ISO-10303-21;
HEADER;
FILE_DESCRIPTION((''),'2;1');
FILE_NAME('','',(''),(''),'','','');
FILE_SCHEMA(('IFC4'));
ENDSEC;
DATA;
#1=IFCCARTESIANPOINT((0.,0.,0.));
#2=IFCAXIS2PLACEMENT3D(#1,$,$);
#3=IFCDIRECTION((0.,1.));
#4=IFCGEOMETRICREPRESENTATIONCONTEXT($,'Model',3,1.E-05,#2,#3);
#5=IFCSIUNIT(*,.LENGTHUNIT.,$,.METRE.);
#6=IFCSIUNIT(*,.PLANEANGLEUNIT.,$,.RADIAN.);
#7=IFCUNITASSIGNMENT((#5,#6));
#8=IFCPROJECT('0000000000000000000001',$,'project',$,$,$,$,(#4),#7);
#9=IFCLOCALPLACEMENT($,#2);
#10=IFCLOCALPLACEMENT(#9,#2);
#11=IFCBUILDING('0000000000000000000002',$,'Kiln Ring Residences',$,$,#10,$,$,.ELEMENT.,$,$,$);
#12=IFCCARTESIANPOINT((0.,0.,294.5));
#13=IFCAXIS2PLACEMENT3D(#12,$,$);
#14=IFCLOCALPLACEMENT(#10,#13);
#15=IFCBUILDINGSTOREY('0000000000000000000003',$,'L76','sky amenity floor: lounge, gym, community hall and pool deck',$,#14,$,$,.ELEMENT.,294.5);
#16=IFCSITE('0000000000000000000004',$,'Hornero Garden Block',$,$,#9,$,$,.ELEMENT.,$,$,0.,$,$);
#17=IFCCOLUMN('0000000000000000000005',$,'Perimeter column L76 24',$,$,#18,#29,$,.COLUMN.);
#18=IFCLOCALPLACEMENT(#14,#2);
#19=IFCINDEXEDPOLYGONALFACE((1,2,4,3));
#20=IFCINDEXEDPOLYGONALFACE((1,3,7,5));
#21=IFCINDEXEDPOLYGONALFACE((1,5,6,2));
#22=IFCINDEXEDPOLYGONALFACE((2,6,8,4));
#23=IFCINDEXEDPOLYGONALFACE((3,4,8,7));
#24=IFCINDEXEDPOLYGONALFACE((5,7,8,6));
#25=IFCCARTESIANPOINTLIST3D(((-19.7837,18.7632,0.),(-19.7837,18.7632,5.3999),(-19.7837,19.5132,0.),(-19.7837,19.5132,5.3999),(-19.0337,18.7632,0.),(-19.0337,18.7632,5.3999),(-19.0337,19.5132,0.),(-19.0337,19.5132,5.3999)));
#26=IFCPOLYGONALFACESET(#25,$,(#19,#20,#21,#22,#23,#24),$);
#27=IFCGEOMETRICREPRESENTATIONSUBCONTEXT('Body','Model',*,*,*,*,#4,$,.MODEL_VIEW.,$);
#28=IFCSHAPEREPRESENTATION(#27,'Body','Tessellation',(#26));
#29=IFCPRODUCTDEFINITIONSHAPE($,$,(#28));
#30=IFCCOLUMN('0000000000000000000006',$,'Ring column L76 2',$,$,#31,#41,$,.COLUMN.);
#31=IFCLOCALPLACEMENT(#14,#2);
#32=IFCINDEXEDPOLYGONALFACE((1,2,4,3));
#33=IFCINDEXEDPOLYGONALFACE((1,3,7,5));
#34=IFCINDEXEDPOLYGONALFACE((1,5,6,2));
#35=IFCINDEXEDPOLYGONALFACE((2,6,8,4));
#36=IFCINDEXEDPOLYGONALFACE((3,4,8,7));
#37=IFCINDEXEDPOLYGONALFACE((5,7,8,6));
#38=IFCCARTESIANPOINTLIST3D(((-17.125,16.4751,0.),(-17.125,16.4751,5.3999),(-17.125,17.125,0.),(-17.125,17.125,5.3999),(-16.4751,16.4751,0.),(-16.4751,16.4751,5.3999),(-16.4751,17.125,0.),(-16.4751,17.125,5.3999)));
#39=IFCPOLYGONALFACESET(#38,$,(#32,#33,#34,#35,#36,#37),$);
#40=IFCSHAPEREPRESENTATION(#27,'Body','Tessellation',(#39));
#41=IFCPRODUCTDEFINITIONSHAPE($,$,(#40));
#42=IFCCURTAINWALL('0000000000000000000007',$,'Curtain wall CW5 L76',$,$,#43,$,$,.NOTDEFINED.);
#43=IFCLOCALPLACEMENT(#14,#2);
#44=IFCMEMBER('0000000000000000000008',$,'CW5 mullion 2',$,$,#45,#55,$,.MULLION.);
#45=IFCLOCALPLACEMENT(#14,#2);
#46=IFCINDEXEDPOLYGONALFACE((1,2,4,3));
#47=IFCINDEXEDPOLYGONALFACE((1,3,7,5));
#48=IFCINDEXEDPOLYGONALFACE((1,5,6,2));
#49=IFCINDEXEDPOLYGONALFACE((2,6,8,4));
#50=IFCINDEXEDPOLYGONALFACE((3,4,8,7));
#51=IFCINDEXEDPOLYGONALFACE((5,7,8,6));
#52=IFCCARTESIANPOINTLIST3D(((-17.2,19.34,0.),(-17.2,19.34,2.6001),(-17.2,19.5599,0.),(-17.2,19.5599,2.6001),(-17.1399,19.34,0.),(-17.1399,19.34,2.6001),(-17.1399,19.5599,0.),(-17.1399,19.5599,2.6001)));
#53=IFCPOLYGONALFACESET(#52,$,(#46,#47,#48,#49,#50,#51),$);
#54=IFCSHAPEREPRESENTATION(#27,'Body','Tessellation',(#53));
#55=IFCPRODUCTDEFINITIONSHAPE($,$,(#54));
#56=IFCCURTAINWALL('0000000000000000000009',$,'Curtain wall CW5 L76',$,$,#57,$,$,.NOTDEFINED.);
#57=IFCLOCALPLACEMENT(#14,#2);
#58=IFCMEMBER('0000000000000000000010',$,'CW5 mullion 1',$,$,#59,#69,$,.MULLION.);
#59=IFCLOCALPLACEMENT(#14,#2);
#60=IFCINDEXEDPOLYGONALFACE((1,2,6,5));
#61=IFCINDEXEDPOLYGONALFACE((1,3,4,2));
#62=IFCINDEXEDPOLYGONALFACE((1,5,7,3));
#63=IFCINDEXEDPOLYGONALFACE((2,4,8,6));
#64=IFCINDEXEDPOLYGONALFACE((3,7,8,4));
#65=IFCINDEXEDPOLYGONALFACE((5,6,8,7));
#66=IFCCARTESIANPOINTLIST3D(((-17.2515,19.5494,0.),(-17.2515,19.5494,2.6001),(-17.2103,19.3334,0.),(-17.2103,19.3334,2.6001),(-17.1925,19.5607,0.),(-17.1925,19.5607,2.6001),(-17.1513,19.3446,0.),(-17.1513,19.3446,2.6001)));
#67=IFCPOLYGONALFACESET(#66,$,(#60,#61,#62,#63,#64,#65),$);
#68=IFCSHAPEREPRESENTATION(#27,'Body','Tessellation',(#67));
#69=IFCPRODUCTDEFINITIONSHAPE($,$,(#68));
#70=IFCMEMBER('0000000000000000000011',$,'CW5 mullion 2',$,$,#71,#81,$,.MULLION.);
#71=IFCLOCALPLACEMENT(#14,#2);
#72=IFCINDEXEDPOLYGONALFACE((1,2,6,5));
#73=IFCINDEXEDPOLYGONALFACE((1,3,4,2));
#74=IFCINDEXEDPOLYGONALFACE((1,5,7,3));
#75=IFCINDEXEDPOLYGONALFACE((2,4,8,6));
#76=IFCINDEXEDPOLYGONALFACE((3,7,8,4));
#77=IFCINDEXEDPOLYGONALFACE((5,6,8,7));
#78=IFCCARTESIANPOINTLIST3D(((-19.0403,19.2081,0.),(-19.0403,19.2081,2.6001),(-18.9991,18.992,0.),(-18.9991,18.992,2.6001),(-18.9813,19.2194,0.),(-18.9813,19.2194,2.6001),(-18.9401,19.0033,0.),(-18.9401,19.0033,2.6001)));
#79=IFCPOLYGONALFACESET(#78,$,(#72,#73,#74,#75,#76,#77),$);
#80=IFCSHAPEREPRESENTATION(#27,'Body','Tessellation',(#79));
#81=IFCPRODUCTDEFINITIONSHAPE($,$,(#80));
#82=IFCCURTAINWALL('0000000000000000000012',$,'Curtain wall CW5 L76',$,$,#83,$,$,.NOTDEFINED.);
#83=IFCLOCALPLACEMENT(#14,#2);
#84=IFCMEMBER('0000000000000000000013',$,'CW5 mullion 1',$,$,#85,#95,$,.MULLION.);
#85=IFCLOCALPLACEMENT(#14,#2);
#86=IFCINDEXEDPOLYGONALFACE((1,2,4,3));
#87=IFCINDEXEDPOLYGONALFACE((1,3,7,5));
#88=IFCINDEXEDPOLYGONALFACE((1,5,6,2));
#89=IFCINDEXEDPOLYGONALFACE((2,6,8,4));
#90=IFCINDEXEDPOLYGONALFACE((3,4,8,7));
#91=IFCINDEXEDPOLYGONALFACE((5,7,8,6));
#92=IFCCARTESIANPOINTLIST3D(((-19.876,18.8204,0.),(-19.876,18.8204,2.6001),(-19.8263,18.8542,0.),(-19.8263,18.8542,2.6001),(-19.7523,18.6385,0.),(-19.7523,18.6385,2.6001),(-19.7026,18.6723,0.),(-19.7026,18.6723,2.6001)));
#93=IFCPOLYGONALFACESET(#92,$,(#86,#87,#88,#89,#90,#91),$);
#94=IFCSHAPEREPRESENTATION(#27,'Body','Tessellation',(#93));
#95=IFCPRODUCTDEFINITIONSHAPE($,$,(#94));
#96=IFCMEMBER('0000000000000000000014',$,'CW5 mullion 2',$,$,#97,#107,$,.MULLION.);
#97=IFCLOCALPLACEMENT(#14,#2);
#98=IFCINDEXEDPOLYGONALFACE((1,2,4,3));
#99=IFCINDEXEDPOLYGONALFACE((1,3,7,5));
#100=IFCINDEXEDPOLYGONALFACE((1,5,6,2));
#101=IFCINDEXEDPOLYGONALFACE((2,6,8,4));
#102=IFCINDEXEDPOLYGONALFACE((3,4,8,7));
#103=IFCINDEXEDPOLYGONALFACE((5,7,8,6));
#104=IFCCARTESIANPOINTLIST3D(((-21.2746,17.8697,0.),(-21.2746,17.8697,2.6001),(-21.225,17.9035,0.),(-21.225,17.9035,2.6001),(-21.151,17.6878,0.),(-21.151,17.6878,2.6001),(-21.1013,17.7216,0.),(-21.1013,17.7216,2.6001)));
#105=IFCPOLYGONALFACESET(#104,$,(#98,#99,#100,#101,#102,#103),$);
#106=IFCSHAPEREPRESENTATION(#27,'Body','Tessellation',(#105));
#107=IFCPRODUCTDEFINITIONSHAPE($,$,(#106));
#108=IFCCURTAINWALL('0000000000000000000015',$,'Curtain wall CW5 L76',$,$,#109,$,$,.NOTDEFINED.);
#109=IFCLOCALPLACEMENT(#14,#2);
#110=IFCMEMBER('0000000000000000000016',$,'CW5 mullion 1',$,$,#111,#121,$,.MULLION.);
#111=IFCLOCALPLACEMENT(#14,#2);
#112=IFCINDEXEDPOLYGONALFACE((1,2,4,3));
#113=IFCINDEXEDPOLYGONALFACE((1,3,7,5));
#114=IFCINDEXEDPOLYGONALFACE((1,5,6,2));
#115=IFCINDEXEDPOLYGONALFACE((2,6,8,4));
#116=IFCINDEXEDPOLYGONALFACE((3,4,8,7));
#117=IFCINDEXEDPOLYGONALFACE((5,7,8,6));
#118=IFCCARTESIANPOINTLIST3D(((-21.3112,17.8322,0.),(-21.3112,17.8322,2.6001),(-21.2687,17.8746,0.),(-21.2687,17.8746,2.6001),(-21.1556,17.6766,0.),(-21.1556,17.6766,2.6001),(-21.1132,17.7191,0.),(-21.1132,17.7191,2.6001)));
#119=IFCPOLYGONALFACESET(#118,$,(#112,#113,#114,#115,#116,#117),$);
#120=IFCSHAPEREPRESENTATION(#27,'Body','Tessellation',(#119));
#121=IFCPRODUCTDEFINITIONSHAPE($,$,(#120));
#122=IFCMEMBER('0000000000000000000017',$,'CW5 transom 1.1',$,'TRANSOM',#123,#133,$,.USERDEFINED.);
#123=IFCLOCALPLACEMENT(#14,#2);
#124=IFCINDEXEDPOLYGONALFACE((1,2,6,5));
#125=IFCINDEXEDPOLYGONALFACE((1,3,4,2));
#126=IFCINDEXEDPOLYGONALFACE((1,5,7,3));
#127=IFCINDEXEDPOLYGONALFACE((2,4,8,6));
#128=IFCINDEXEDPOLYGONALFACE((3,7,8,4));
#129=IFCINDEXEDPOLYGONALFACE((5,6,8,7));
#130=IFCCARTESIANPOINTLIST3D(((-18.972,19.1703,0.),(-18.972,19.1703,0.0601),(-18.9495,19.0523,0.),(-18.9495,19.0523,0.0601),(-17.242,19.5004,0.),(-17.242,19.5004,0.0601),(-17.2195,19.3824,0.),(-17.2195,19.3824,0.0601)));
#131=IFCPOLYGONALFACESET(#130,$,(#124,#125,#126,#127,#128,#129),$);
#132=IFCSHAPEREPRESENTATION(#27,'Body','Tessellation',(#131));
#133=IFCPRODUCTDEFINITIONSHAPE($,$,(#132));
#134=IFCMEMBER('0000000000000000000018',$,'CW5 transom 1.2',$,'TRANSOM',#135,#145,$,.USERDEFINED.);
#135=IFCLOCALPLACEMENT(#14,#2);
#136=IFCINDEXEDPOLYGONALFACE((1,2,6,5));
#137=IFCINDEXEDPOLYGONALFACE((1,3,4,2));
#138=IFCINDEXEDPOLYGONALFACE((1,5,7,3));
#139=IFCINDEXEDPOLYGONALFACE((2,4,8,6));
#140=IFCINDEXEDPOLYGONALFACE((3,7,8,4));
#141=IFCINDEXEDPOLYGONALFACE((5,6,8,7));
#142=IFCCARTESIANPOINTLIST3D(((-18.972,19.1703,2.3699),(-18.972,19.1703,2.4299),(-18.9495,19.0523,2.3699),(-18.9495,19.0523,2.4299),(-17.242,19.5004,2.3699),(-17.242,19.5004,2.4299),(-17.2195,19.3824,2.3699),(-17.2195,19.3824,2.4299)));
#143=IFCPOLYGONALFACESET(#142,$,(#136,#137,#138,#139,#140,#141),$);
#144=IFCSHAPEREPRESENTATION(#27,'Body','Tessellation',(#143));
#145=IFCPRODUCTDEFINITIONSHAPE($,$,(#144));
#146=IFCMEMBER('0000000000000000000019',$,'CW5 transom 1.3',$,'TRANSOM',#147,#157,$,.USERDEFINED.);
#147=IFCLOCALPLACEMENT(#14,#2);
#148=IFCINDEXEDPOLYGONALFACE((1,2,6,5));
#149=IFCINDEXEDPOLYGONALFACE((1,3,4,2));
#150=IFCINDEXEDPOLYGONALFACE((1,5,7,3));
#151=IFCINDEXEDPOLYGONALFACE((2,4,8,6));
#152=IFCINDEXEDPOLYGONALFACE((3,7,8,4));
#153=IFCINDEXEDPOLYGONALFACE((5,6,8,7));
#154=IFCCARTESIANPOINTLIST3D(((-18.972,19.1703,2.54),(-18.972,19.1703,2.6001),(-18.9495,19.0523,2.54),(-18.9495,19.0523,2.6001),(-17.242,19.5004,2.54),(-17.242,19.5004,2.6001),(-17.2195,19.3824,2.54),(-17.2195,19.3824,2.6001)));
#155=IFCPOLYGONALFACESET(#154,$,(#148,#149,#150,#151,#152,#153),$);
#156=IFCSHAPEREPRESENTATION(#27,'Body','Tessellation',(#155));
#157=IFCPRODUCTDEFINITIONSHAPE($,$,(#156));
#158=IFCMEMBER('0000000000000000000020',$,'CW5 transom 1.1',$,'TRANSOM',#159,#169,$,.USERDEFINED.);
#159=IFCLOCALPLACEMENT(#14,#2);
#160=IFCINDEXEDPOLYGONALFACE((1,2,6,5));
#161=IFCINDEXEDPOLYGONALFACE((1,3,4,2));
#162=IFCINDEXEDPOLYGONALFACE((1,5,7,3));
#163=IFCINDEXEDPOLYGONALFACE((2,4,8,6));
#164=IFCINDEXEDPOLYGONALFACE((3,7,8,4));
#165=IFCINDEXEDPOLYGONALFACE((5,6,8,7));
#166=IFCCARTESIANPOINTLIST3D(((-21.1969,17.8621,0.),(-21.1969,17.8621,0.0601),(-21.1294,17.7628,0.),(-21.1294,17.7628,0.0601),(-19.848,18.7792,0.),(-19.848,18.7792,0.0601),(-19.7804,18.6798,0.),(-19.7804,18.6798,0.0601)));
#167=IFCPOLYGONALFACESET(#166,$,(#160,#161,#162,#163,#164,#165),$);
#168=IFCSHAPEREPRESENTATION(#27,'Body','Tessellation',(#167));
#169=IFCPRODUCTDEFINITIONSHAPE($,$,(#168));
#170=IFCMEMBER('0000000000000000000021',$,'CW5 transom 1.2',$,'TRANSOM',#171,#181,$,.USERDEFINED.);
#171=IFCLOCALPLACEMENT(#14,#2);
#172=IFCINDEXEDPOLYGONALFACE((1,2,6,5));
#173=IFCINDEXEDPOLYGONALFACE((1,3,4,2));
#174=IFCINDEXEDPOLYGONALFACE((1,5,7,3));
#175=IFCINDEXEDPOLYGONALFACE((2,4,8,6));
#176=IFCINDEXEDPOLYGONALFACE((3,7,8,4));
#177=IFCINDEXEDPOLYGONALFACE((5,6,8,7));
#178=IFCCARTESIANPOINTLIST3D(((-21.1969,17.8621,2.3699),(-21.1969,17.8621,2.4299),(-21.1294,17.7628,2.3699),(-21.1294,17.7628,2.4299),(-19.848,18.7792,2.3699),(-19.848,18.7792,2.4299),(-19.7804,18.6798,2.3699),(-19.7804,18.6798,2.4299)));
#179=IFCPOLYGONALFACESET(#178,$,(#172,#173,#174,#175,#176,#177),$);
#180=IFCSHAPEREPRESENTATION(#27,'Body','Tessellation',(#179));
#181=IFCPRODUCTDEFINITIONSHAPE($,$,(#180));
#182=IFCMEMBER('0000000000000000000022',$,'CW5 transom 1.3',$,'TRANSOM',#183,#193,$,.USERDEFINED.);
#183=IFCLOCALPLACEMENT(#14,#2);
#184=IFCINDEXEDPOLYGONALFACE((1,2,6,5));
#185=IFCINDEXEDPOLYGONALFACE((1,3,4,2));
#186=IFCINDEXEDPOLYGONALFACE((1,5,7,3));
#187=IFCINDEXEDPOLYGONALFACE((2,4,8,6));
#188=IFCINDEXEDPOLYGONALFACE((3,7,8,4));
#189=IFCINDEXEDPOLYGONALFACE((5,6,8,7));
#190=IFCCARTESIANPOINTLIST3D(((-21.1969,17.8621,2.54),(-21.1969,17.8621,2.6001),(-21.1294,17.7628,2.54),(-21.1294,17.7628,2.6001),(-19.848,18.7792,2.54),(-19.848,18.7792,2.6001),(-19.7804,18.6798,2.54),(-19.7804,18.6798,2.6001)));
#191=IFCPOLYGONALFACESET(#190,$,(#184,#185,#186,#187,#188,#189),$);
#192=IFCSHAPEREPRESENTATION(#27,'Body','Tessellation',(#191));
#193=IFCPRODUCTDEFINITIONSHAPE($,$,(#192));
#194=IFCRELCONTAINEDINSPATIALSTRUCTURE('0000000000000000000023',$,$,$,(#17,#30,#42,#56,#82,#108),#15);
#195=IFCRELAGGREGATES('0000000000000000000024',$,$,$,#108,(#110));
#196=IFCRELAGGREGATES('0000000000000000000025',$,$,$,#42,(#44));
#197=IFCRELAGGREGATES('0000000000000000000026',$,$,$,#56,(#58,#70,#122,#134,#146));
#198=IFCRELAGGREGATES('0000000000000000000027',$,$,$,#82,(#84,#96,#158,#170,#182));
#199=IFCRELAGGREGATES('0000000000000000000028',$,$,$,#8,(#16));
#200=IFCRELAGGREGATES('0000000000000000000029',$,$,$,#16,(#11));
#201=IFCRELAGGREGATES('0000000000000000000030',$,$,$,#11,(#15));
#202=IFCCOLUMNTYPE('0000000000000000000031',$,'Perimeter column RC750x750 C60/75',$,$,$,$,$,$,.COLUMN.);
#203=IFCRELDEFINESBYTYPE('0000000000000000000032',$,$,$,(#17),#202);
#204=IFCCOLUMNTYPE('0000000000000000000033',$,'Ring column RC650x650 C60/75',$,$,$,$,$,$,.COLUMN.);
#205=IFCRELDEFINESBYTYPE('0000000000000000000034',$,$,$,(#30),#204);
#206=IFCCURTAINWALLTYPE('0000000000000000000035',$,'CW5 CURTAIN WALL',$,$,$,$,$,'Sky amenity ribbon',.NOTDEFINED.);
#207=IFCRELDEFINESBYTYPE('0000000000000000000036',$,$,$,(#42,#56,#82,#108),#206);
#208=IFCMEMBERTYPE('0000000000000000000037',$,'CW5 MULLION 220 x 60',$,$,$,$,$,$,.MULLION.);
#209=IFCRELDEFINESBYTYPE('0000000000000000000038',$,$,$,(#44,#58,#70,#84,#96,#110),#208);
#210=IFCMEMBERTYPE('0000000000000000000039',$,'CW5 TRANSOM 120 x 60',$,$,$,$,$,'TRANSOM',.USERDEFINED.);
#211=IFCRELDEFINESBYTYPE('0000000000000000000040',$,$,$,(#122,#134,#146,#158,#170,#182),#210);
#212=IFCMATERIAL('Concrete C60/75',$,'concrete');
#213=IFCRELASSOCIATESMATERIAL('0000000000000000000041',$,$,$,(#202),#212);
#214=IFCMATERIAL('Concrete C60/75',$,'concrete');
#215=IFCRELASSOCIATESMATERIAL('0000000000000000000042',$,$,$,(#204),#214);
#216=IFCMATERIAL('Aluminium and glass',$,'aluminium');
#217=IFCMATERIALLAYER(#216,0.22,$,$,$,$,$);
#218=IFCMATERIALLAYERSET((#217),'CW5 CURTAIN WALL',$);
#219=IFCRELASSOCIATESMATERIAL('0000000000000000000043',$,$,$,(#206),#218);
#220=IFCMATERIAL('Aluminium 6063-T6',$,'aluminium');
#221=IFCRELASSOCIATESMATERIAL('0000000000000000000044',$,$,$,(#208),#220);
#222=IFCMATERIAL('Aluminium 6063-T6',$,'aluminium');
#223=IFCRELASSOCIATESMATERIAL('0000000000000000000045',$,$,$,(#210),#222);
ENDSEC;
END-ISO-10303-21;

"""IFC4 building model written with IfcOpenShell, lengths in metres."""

from ifc_helpers import new_model, si_unit, direction, frame, origin, origin_2d, place, context, subcontext, project, spatial, rectangle, extrude, material, layer, layer_set, material_profile, profile_set, type_object, element, aggregate, save


model = new_model("IFC4")

# Units and contexts
model_context = context("Model", 3, precision=1e-05, world=origin(), true_north=direction((0.0, 1.0)))
body_context = subcontext(model_context, "Body", "Model", "MODEL_VIEW")
ifc_project = project(units=[si_unit("LENGTHUNIT", "METRE"), si_unit("PLANEANGLEUNIT", "RADIAN")], contexts=[model_context])

# Site, building, storey
site_placement = place(None, origin())
site = spatial("IfcSite", under=ifc_project, at=site_placement, Name="Hornero Garden Block", CompositionType="ELEMENT", RefElevation=0.0)
building_placement = place(site_placement, origin())
building = spatial("IfcBuilding", under=site, at=building_placement, Name="Kiln Ring Residences", CompositionType="ELEMENT")
storey_placement = place(building_placement, frame((0.0, 0.0, 294.5)))
storey = spatial("IfcBuildingStorey", under=building, at=storey_placement, Name="L76", Description="sky amenity floor: lounge, gym, community hall and pool deck", CompositionType="ELEMENT", Elevation=294.5)

# Columns
ifc_material_1 = material(Name="Concrete C60/75", Category="concrete")
ifc_material_profile_1 = material_profile(ifc_material_1, rectangle(XDim=0.75, YDim=0.75, at=origin_2d()), Name="RC750x750")
ifc_profile_set_1 = profile_set([ifc_material_profile_1], Name="Concrete C60/75")
column_type_1 = type_object("IfcColumnType", Name="Perimeter column RC750x750 C60/75", PredefinedType="COLUMN", material=ifc_profile_set_1)
column_1_placement = place(storey_placement, frame((-19.4087, 19.1382, 0.0), z_axis=(0.0, 0.0, 1.0), x_axis=(1.0, 0.0, 0.0)))
element("IfcColumn", 1, at=column_1_placement, inside=storey, type_object=column_type_1, Name="Perimeter column L76 24", PredefinedType="COLUMN", context=body_context, shape_type="SweptSolid", body=[
    extrude(rectangle(XDim=0.75, YDim=0.75, at=origin_2d()), origin(), (0.0, 0.0, 1.0), 5.3999),
])
ifc_material_2 = material(Name="Concrete C60/75", Category="concrete")
ifc_material_profile_2 = material_profile(ifc_material_2, rectangle(XDim=0.6499, YDim=0.6499, at=origin_2d()), Name="RC650x650")
ifc_profile_set_2 = profile_set([ifc_material_profile_2], Name="Concrete C60/75")
column_type_2 = type_object("IfcColumnType", Name="Ring column RC650x650 C60/75", PredefinedType="COLUMN", material=ifc_profile_set_2)
column_2_placement = place(storey_placement, frame((-16.8, 16.8, 0.0), z_axis=(0.0, 0.0, 1.0), x_axis=(1.0, 0.0, 0.0)))
element("IfcColumn", 2, at=column_2_placement, inside=storey, type_object=column_type_2, Name="Ring column L76 2", PredefinedType="COLUMN", context=body_context, shape_type="SweptSolid", body=[
    extrude(rectangle(XDim=0.6499, YDim=0.6499, at=origin_2d()), origin(), (0.0, 0.0, 1.0), 5.3999),
])

# Curtain wall, member
ifc_material_3 = material(Name="Aluminium and glass", Category="aluminium")
ifc_layer_1 = layer(ifc_material_3, 0.22)
ifc_layer_set_1 = layer_set([ifc_layer_1], Name="CW5 CURTAIN WALL")
curtain_wall_type = type_object("IfcCurtainWallType", Name="CW5 CURTAIN WALL", ElementType="Sky amenity ribbon", PredefinedType="NOTDEFINED", material=ifc_layer_set_1)
placement = place(storey_placement, origin())
curtain_wall_1 = element("IfcCurtainWall", 3, at=placement, inside=storey, type_object=curtain_wall_type, Name="Curtain wall CW5 L76", PredefinedType="NOTDEFINED")
ifc_material_4 = material(Name="Aluminium 6063-T6", Category="aluminium")
ifc_material_profile_3 = material_profile(ifc_material_4, rectangle(XDim=0.22, YDim=0.0601, at=origin_2d()), Name="AL 220x60")
ifc_profile_set_3 = profile_set([ifc_material_profile_3], Name="Aluminium 6063-T6")
member_type_1 = type_object("IfcMemberType", Name="CW5 MULLION 220 x 60", PredefinedType="MULLION", material=ifc_profile_set_3)
member_1_placement = place(storey_placement, frame((-17.1699, 19.45, 0.0), z_axis=(0.0, 0.0, 1.0), x_axis=(0.0, -1.0, 0.0)))
member_1 = element("IfcMember", 4, at=member_1_placement, type_object=member_type_1, Name="CW5 mullion 2", PredefinedType="MULLION", context=body_context, shape_type="SweptSolid", body=[
    extrude(rectangle(XDim=0.22, YDim=0.0601, at=origin_2d()), origin(), (0.0, 0.0, 1.0), 2.6001),
])

# Curtain walls, members
curtain_wall_2 = element("IfcCurtainWall", 5, at=placement, inside=storey, type_object=curtain_wall_type, Name="Curtain wall CW5 L76", PredefinedType="NOTDEFINED")
member_2_placement = place(storey_placement, frame((-17.2014, 19.447, 0.0), z_axis=(0.0, 0.0, 1.0), x_axis=(0.187366, -0.98229, 0.0)))
member_2 = element("IfcMember", 6, at=member_2_placement, type_object=member_type_1, Name="CW5 mullion 1", PredefinedType="MULLION", context=body_context, shape_type="SweptSolid", body=[
    extrude(rectangle(XDim=0.22, YDim=0.0601, at=origin_2d()), origin(), (0.0, 0.0, 1.0), 2.6001),
])
member_3_placement = place(storey_placement, frame((-18.9902, 19.1057, 0.0), z_axis=(0.0, 0.0, 1.0), x_axis=(0.187366, -0.98229, 0.0)))
member_3 = element("IfcMember", 7, at=member_3_placement, type_object=member_type_1, Name="CW5 mullion 2", PredefinedType="MULLION", context=body_context, shape_type="SweptSolid", body=[
    extrude(rectangle(XDim=0.22, YDim=0.0601, at=origin_2d()), origin(), (0.0, 0.0, 1.0), 2.6001),
])
curtain_wall_3 = element("IfcCurtainWall", 8, at=placement, inside=storey, type_object=curtain_wall_type, Name="Curtain wall CW5 L76", PredefinedType="NOTDEFINED")
member_4_placement = place(storey_placement, frame((-19.7893, 18.7463, 0.0), z_axis=(0.0, 0.0, 1.0), x_axis=(0.562097, -0.827072, 0.0)))
member_4 = element("IfcMember", 9, at=member_4_placement, type_object=member_type_1, Name="CW5 mullion 1", PredefinedType="MULLION", context=body_context, shape_type="SweptSolid", body=[
    extrude(rectangle(XDim=0.22, YDim=0.0601, at=origin_2d()), origin(), (0.0, 0.0, 1.0), 2.6001),
])
member_5_placement = place(storey_placement, frame((-21.188, 17.7957, 0.0), z_axis=(0.0, 0.0, 1.0), x_axis=(0.562097, -0.827072, 0.0)))
member_5 = element("IfcMember", 10, at=member_5_placement, type_object=member_type_1, Name="CW5 mullion 2", PredefinedType="MULLION", context=body_context, shape_type="SweptSolid", body=[
    extrude(rectangle(XDim=0.22, YDim=0.0601, at=origin_2d()), origin(), (0.0, 0.0, 1.0), 2.6001),
])

# Curtain wall, member
curtain_wall_4 = element("IfcCurtainWall", 11, at=placement, inside=storey, type_object=curtain_wall_type, Name="Curtain wall CW5 L76", PredefinedType="NOTDEFINED")
member_6_placement = place(storey_placement, frame((-21.2122, 17.7756, 0.0), z_axis=(0.0, 0.0, 1.0), x_axis=(0.707107, -0.707107, 0.0)))
member_6 = element("IfcMember", 12, at=member_6_placement, type_object=member_type_1, Name="CW5 mullion 1", PredefinedType="MULLION", context=body_context, shape_type="SweptSolid", body=[
    extrude(rectangle(XDim=0.22, YDim=0.0601, at=origin_2d()), origin(), (0.0, 0.0, 1.0), 2.6001),
])

# Members
ifc_material_5 = material(Name="Aluminium 6063-T6", Category="aluminium")
ifc_material_profile_4 = material_profile(ifc_material_5, rectangle(XDim=0.1201, YDim=0.0601, at=origin_2d()), Name="AL 120x60")
ifc_profile_set_4 = profile_set([ifc_material_profile_4], Name="Aluminium 6063-T6")
member_type_2 = type_object("IfcMemberType", Name="CW5 TRANSOM 120 x 60", ElementType="TRANSOM", PredefinedType="USERDEFINED", material=ifc_profile_set_4)
member_7_placement = place(storey_placement, frame((-17.2307, 19.4414, 0.03), z_axis=(-0.98228, -0.187418, 0.0), x_axis=(0.187418, -0.98228, 0.0)))
member_7 = element("IfcMember", 13, at=member_7_placement, type_object=member_type_2, Name="CW5 transom 1.1", ObjectType="TRANSOM", PredefinedType="USERDEFINED", context=body_context, shape_type="SweptSolid", body=[
    extrude(rectangle(XDim=0.1201, YDim=0.0601, at=origin_2d()), origin(), (0.0, 0.0, 1.0), 1.7612),
])
member_8_placement = place(storey_placement, frame((-17.2307, 19.4414, 2.3999), z_axis=(-0.98228, -0.187418, 0.0), x_axis=(0.187418, -0.98228, 0.0)))
member_8 = element("IfcMember", 14, at=member_8_placement, type_object=member_type_2, Name="CW5 transom 1.2", ObjectType="TRANSOM", PredefinedType="USERDEFINED", context=body_context, shape_type="SweptSolid", body=[
    extrude(rectangle(XDim=0.1201, YDim=0.0601, at=origin_2d()), origin(), (0.0, 0.0, 1.0), 1.7612),
])
member_9_placement = place(storey_placement, frame((-17.2307, 19.4414, 2.5701), z_axis=(-0.98228, -0.187418, 0.0), x_axis=(0.187418, -0.98228, 0.0)))
member_9 = element("IfcMember", 15, at=member_9_placement, type_object=member_type_2, Name="CW5 transom 1.3", ObjectType="TRANSOM", PredefinedType="USERDEFINED", context=body_context, shape_type="SweptSolid", body=[
    extrude(rectangle(XDim=0.1201, YDim=0.0601, at=origin_2d()), origin(), (0.0, 0.0, 1.0), 1.7612),
])
member_10_placement = place(storey_placement, frame((-19.8142, 18.7295, 0.03), z_axis=(-0.826996, -0.562208, 0.0), x_axis=(0.562208, -0.826996, 0.0)))
member_10 = element("IfcMember", 16, at=member_10_placement, type_object=member_type_2, Name="CW5 transom 1.1", ObjectType="TRANSOM", PredefinedType="USERDEFINED", context=body_context, shape_type="SweptSolid", body=[
    extrude(rectangle(XDim=0.1201, YDim=0.0601, at=origin_2d()), origin(), (0.0, 0.0, 1.0), 1.6311),
])
member_11_placement = place(storey_placement, frame((-19.8142, 18.7295, 2.3999), z_axis=(-0.826996, -0.562208, 0.0), x_axis=(0.562208, -0.826996, 0.0)))
member_11 = element("IfcMember", 17, at=member_11_placement, type_object=member_type_2, Name="CW5 transom 1.2", ObjectType="TRANSOM", PredefinedType="USERDEFINED", context=body_context, shape_type="SweptSolid", body=[
    extrude(rectangle(XDim=0.1201, YDim=0.0601, at=origin_2d()), origin(), (0.0, 0.0, 1.0), 1.6311),
])
member_12_placement = place(storey_placement, frame((-19.8142, 18.7295, 2.5701), z_axis=(-0.826996, -0.562208, 0.0), x_axis=(0.562208, -0.826996, 0.0)))
member_12 = element("IfcMember", 18, at=member_12_placement, type_object=member_type_2, Name="CW5 transom 1.3", ObjectType="TRANSOM", PredefinedType="USERDEFINED", context=body_context, shape_type="SweptSolid", body=[
    extrude(rectangle(XDim=0.1201, YDim=0.0601, at=origin_2d()), origin(), (0.0, 0.0, 1.0), 1.6311),
])
aggregate(curtain_wall_4, [member_6])

aggregate(curtain_wall_1, [member_1])
aggregate(curtain_wall_2, [member_2, member_3, member_7, member_8, member_9])
aggregate(curtain_wall_3, [member_4, member_5, member_10, member_11, member_12])

save(model, "model.ifc")
